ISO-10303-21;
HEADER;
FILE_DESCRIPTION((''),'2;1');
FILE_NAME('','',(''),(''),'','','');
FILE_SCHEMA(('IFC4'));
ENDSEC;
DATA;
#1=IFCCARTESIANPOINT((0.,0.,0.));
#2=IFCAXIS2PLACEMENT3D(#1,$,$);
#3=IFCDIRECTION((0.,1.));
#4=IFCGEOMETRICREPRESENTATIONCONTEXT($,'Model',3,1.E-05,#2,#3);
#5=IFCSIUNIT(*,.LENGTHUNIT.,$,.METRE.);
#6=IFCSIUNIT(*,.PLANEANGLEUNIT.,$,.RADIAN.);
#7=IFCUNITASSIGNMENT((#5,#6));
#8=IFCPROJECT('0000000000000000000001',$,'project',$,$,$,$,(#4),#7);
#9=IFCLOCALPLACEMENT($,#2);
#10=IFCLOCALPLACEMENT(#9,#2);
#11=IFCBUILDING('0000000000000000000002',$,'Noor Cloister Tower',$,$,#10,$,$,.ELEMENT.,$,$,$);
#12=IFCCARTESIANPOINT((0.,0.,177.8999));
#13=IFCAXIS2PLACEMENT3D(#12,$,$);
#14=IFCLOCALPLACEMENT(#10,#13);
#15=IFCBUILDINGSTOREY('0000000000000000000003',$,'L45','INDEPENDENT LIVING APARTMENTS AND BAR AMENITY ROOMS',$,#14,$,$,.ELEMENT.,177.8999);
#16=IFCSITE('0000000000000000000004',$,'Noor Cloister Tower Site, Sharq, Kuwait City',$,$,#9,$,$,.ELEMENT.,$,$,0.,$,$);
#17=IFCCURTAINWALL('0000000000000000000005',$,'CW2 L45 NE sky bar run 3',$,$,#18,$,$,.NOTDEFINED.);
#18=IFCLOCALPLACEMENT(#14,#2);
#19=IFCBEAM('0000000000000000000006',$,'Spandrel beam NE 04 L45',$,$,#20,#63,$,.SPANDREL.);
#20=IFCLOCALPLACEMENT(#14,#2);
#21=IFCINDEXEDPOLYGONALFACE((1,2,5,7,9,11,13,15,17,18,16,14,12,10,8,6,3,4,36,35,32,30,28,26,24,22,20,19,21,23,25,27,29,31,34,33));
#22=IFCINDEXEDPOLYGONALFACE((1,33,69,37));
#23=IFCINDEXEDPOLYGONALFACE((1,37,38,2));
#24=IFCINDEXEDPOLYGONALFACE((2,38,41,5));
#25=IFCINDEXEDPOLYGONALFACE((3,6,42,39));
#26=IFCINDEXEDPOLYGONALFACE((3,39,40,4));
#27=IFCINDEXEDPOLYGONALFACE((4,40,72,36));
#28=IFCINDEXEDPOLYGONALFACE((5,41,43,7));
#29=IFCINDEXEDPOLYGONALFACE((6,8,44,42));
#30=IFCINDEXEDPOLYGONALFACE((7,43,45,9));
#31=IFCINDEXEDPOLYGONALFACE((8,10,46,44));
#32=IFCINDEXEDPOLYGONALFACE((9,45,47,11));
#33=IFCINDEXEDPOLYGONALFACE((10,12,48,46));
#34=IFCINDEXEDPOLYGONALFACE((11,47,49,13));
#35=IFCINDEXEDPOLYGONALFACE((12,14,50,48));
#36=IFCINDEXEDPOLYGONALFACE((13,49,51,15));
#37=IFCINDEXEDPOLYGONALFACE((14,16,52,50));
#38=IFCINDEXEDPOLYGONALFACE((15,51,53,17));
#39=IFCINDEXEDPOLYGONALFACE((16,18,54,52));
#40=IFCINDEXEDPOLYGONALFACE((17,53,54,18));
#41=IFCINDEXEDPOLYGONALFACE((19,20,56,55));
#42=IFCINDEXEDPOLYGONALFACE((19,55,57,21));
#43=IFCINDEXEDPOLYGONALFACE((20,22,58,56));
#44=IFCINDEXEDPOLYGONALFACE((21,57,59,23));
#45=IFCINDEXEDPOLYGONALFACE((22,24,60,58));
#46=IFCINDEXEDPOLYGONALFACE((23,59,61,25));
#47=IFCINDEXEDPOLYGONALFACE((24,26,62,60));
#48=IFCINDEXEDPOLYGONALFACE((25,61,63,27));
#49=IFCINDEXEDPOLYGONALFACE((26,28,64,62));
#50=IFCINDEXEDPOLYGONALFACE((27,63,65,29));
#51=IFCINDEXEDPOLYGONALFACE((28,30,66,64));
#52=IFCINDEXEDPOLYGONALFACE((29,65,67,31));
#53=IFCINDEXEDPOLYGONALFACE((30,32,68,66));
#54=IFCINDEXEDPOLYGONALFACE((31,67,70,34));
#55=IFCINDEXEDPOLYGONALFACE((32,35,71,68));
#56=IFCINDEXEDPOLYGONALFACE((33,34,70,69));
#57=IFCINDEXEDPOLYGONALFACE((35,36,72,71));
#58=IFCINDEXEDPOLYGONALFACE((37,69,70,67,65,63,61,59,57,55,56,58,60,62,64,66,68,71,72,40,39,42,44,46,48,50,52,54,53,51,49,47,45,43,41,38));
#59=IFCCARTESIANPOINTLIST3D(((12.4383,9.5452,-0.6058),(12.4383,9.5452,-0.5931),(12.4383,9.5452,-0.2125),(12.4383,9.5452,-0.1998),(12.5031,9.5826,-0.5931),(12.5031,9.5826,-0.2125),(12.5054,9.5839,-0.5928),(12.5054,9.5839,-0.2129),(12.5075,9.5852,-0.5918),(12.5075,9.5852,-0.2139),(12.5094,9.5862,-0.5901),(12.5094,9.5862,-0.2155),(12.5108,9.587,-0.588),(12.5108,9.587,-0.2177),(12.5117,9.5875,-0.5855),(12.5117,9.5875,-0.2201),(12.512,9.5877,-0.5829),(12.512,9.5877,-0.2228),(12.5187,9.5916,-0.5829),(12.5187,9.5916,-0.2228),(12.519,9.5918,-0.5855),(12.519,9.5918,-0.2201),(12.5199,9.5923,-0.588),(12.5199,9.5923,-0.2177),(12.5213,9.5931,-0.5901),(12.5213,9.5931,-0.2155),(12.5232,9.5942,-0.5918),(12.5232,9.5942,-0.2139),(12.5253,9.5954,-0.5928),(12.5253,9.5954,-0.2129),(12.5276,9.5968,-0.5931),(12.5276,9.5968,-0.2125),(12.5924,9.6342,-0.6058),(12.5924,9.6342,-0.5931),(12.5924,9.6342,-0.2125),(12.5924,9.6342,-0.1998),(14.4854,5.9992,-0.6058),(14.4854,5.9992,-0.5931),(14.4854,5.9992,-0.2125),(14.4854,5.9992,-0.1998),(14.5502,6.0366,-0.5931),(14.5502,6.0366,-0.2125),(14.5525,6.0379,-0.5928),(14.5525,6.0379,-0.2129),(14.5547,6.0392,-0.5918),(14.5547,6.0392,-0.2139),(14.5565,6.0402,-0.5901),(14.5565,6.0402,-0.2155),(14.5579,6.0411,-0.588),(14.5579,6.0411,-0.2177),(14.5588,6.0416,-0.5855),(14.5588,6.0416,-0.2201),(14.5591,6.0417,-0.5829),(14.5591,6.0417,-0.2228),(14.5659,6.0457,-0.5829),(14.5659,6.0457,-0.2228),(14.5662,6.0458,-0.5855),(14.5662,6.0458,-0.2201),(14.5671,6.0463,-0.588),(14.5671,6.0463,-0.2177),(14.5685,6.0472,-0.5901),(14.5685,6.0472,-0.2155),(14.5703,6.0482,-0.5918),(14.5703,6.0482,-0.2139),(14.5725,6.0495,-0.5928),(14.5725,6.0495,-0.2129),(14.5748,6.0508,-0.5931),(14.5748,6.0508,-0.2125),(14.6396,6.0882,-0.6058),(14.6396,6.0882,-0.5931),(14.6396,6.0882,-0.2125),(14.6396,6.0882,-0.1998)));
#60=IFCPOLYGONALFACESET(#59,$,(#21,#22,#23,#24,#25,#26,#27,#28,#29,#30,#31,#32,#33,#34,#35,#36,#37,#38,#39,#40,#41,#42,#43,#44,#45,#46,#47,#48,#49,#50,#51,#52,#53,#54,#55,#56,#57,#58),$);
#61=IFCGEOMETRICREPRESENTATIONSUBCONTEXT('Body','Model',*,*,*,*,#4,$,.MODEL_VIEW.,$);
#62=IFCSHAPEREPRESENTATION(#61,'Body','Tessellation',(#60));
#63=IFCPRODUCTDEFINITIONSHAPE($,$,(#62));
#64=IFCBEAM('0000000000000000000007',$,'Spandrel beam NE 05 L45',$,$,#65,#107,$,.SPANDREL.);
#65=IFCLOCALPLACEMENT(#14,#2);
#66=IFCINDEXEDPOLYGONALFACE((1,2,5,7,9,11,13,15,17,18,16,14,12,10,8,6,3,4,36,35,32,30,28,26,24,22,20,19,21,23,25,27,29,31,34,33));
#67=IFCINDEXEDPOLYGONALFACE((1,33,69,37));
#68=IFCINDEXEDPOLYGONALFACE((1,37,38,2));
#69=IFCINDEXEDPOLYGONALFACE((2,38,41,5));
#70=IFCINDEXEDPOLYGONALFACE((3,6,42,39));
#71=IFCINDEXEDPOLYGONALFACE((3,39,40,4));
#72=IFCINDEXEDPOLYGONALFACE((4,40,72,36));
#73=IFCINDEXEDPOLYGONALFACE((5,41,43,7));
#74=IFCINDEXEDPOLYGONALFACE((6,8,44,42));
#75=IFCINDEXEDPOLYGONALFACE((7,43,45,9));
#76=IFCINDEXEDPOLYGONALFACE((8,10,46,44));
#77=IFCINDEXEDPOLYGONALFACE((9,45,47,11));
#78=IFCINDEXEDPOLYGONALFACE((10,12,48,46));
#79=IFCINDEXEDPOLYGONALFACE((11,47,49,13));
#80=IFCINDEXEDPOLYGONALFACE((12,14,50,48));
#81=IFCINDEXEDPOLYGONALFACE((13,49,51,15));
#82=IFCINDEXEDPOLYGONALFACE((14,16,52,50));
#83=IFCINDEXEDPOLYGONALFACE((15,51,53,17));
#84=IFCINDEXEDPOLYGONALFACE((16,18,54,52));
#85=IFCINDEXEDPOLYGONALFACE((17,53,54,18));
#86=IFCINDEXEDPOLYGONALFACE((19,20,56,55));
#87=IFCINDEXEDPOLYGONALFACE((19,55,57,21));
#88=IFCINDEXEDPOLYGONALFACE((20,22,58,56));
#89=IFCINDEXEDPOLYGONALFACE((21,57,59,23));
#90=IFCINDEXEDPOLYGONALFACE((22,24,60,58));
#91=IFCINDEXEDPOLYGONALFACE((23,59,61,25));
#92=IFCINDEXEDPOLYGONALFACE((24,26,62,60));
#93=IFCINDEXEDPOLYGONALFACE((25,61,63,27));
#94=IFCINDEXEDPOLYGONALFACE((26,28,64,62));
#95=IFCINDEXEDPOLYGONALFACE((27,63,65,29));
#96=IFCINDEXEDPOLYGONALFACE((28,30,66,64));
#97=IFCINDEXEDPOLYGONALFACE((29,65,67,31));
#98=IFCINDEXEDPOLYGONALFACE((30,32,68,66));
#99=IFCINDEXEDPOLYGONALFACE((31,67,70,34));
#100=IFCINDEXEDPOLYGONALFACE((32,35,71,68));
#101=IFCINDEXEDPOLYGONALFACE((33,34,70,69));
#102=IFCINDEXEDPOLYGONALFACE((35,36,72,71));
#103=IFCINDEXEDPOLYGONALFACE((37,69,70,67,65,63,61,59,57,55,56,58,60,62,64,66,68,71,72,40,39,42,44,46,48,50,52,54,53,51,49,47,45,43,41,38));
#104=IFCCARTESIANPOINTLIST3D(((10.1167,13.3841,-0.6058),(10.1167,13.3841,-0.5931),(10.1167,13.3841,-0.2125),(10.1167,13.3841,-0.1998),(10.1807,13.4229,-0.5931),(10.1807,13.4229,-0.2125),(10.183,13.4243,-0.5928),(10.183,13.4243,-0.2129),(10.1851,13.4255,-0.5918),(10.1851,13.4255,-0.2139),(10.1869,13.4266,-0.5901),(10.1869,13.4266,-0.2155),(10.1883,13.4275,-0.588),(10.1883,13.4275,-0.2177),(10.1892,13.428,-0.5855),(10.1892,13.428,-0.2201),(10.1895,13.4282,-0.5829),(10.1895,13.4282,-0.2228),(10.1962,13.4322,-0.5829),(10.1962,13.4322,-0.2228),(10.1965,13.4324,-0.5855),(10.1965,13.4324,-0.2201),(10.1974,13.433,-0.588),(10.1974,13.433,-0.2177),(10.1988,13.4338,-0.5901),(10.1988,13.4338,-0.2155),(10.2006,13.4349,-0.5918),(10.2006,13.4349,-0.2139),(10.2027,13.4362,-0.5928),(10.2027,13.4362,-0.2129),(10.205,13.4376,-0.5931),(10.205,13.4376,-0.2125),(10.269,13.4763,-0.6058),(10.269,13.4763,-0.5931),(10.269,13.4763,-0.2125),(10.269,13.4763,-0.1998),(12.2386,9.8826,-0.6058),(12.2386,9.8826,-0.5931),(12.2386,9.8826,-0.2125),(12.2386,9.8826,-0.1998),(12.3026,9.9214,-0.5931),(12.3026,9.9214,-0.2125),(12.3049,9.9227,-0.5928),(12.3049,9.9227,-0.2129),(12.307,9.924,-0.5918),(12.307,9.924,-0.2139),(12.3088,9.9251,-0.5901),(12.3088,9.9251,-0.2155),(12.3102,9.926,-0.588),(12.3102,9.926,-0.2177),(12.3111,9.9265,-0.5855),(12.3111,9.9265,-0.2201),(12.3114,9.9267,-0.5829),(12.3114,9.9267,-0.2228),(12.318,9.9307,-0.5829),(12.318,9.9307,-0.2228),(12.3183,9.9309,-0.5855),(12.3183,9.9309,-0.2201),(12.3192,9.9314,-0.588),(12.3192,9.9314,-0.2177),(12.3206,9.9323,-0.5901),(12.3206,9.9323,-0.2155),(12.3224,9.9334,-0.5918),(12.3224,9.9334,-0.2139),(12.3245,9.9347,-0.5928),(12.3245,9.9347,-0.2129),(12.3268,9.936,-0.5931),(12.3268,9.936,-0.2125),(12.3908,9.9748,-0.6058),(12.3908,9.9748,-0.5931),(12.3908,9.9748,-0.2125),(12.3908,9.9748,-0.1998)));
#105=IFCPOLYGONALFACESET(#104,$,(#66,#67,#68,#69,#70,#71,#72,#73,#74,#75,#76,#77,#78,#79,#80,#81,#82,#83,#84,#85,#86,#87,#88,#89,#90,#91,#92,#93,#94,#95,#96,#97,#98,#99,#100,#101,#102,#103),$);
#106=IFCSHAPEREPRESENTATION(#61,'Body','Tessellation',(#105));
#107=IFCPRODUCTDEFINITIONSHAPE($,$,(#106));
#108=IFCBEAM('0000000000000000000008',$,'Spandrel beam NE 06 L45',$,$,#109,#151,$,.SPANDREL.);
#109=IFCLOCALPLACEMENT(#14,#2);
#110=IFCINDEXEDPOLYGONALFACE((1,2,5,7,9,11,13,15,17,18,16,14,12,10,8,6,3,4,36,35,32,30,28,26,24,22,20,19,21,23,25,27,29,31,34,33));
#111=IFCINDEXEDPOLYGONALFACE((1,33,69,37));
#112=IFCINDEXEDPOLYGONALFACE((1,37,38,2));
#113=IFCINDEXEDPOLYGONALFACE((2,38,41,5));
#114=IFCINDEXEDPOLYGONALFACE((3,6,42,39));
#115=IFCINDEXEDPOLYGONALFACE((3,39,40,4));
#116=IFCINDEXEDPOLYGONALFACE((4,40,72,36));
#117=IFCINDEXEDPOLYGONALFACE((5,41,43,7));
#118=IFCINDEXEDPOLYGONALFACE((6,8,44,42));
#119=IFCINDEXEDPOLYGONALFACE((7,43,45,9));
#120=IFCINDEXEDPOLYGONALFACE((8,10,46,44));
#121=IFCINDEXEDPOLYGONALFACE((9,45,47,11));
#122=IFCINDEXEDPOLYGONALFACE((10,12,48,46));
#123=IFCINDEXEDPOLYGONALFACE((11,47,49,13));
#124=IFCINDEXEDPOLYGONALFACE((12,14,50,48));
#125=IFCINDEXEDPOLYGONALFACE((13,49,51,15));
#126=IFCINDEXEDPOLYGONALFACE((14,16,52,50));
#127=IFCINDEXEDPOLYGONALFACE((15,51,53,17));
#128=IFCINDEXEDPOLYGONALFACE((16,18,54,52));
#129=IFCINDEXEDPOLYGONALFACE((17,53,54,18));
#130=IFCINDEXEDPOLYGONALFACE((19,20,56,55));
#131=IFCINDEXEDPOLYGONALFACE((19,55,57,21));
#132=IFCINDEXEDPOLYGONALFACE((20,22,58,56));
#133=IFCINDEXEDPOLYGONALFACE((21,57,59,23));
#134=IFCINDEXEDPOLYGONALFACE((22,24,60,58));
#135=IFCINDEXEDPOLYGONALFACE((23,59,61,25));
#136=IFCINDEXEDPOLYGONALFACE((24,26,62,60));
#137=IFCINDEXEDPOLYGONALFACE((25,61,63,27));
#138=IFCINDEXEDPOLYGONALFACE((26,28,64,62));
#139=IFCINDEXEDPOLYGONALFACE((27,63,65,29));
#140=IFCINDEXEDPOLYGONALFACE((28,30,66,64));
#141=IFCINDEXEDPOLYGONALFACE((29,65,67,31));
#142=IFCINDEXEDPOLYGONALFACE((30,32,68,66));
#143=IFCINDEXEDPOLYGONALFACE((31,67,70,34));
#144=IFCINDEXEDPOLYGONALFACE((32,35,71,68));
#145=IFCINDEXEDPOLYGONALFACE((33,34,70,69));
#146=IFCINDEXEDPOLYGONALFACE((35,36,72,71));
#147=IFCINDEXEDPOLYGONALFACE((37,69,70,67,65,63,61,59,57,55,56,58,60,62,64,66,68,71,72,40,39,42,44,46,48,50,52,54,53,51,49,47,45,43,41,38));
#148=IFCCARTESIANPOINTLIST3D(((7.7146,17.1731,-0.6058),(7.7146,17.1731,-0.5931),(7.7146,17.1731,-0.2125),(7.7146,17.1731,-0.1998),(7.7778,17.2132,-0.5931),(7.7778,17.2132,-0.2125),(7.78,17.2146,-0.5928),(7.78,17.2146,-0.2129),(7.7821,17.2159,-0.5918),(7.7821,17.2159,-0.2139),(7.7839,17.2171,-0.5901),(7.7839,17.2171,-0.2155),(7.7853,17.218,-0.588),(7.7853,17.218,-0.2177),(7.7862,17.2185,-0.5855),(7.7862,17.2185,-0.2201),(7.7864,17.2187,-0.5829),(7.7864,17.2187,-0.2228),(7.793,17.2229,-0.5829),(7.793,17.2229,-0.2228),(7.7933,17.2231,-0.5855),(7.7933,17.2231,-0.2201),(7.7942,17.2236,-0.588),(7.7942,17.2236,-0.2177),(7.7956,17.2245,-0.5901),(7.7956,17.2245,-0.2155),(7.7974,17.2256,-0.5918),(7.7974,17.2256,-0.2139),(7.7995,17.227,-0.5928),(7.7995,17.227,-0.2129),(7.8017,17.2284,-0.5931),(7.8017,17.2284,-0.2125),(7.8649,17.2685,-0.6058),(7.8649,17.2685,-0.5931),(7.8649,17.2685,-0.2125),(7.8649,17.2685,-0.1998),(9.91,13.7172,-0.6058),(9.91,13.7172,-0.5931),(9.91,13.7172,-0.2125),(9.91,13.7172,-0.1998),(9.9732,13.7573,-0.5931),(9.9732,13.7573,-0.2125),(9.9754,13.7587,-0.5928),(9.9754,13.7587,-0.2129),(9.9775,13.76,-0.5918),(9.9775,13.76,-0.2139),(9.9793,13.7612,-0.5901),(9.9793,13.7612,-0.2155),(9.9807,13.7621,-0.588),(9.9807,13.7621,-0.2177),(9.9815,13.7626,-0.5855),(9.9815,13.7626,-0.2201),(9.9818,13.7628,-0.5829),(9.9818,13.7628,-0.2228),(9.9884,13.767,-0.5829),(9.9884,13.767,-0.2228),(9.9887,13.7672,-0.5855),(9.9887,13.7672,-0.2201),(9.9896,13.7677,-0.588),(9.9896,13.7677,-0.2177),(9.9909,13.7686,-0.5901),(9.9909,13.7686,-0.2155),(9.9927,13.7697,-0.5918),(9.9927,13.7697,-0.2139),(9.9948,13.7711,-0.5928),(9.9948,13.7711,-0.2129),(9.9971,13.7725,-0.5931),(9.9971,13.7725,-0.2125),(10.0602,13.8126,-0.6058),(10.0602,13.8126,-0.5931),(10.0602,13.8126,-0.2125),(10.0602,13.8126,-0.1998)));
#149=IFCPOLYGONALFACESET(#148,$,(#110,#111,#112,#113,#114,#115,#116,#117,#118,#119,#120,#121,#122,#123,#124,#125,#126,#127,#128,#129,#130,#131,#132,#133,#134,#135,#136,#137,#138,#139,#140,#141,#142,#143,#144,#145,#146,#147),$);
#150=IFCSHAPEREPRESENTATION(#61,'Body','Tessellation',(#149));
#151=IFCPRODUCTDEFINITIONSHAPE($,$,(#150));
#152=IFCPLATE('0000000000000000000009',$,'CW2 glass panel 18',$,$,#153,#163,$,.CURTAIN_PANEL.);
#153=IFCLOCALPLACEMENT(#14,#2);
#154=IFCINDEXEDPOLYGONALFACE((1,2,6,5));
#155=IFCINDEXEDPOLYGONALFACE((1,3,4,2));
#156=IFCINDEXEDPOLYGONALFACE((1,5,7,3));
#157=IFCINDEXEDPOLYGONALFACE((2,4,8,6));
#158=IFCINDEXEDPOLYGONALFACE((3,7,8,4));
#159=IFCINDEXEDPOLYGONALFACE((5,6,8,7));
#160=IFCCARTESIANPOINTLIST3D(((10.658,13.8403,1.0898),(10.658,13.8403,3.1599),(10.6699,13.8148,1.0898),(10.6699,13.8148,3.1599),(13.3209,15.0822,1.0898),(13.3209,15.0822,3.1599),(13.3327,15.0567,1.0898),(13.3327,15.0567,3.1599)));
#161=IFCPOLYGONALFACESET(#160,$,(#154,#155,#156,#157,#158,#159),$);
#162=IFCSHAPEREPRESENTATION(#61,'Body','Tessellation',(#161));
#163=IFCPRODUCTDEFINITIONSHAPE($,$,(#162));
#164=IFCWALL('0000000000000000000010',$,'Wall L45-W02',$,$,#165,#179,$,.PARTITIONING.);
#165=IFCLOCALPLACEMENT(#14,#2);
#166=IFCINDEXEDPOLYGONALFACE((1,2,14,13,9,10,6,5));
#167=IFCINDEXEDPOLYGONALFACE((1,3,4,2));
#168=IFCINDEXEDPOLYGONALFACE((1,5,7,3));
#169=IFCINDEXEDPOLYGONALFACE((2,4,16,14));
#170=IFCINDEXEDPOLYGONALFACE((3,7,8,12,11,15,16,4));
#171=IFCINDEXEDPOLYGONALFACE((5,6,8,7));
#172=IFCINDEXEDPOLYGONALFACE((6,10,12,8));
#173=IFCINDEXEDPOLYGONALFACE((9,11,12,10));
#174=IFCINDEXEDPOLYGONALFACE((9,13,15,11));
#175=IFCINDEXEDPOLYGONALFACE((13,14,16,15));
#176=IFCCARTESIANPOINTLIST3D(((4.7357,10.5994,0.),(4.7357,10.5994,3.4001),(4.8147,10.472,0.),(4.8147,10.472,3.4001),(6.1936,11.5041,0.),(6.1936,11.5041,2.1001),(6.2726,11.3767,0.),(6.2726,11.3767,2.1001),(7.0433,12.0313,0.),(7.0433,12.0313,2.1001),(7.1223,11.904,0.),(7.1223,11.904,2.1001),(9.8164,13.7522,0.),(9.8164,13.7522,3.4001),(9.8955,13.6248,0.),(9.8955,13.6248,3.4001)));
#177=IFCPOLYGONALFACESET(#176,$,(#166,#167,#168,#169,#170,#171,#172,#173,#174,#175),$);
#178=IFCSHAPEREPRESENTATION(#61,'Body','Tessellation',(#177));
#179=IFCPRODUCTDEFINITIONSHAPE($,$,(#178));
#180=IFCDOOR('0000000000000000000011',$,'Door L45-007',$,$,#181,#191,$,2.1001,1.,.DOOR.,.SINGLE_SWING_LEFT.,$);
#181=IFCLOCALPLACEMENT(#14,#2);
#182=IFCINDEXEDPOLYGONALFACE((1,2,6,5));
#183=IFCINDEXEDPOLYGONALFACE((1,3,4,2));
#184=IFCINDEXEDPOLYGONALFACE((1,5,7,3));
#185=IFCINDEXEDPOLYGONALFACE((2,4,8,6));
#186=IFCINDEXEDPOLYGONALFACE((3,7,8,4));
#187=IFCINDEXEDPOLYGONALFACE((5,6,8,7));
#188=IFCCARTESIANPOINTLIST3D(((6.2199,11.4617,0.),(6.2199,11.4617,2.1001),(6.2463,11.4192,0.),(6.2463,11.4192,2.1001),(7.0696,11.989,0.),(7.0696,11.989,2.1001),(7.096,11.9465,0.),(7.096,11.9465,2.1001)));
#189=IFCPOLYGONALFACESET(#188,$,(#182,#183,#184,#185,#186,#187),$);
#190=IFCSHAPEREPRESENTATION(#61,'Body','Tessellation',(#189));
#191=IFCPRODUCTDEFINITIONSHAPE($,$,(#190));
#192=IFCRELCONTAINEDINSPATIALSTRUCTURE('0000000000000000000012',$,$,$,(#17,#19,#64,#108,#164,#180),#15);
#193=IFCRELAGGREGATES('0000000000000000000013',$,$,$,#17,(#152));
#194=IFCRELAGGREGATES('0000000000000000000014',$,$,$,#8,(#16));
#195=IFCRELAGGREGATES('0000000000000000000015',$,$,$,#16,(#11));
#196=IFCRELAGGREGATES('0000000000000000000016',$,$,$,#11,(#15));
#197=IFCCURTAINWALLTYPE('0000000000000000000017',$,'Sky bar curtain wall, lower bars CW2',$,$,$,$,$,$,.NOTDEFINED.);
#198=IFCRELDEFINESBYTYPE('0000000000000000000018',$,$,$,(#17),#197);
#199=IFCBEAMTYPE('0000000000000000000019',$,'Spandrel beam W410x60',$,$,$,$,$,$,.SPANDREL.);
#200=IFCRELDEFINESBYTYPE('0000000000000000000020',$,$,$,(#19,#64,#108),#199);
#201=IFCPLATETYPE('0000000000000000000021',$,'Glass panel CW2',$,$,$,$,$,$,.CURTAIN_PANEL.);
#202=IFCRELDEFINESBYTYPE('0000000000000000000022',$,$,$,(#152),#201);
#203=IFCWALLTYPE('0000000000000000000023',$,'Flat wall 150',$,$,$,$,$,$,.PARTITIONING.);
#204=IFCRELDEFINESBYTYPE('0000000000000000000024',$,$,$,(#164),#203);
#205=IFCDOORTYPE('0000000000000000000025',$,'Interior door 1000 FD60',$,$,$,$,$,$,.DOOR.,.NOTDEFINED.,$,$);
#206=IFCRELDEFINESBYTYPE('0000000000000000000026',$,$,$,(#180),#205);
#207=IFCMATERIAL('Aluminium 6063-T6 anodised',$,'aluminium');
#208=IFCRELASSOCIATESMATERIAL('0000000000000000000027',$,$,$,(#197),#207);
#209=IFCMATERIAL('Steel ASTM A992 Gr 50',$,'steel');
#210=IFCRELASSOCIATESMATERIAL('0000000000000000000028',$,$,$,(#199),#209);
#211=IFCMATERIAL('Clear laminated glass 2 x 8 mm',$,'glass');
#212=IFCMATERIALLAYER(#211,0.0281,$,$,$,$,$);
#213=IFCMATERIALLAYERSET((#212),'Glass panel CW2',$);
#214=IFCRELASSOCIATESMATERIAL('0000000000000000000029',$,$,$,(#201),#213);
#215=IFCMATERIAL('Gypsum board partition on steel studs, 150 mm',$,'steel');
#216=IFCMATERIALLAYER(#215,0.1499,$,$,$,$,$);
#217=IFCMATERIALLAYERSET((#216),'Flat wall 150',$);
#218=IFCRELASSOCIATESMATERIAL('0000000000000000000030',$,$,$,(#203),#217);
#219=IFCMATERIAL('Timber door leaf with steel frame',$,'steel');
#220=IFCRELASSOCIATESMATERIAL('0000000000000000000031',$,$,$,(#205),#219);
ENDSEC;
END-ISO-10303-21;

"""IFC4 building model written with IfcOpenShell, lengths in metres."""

from ifc_helpers import new_model, si_unit, direction, frame, frame_2d, origin, origin_2d, place, context, subcontext, project, spatial, rectangle, i_section, extrude, material, layer, layer_set, material_profile, profile_set, type_object, element, fill, aggregate, save


model = new_model("IFC4")

# Units and contexts
model_context = context("Model", 3, precision=1e-05, world=origin(), true_north=direction((0.0, 1.0)))
body_context = subcontext(model_context, "Body", "Model", "MODEL_VIEW")
ifc_project = project(units=[si_unit("LENGTHUNIT", "METRE"), si_unit("PLANEANGLEUNIT", "RADIAN")], contexts=[model_context])

# Site, building, storey
site_placement = place(None, origin())
site = spatial("IfcSite", under=ifc_project, at=site_placement, Name="Noor Cloister Tower Site, Sharq, Kuwait City", CompositionType="ELEMENT", RefElevation=0.0)
building_placement = place(site_placement, origin())
building = spatial("IfcBuilding", under=site, at=building_placement, Name="Noor Cloister Tower", CompositionType="ELEMENT")
storey_placement = place(building_placement, frame((0.0, 0.0, 177.8999)))
storey = spatial("IfcBuildingStorey", under=building, at=storey_placement, Name="L45", Description="INDEPENDENT LIVING APARTMENTS AND BAR AMENITY ROOMS", CompositionType="ELEMENT", Elevation=177.8999)

# Curtain wall
ifc_material_1 = material(Name="Aluminium 6063-T6 anodised", Category="aluminium")
curtain_wall_type_1 = type_object("IfcCurtainWallType", Name="Sky bar curtain wall, lower bars CW2", PredefinedType="NOTDEFINED", material=ifc_material_1)
curtain_wall_1_placement = place(storey_placement, origin())
curtain_wall_1 = element("IfcCurtainWall", 1, at=curtain_wall_1_placement, inside=storey, type_object=curtain_wall_type_1, Name="CW2 L45 NE sky bar run 3", PredefinedType="NOTDEFINED")

# Beams
ifc_material_2 = material(Name="Steel ASTM A992 Gr 50", Category="steel")
ifc_material_profile_1 = material_profile(ifc_material_2, i_section(OverallWidth=0.178, OverallDepth=0.406, WebThickness=0.0078, FlangeThickness=0.0127, FilletRadius=0.0103, at=origin_2d()), Name="W410x60")
ifc_profile_set_1 = profile_set([ifc_material_profile_1], Name="Steel ASTM A992 Gr 50")
beam_type_1 = type_object("IfcBeamType", Name="Spandrel beam W410x60", PredefinedType="SPANDREL", material=ifc_profile_set_1)
beam_1_placement = place(storey_placement, frame((14.5625, 6.0437, -0.4028), z_axis=(-0.499981, 0.866037, 0.0), x_axis=(-0.866037, -0.499981, 0.0)))
element("IfcBeam", 2, at=beam_1_placement, inside=storey, type_object=beam_type_1, Name="Spandrel beam NE 04 L45", PredefinedType="SPANDREL", context=body_context, shape_type="SweptSolid", body=[
    extrude(i_section(OverallWidth=0.178, OverallDepth=0.406, WebThickness=0.0078, FlangeThickness=0.0127, FilletRadius=0.0103, at=origin_2d()), origin(), (0.0, 0.0, 1.0), 4.0945),
])
for number, where, z_axis, x_axis, name in (
    (3, (12.3147, 9.9287, -0.4028), (-0.518253, 0.855227, 0.0), (-0.855227, -0.518253, 0.0), "Spandrel beam NE 05 L45"),
    (4, (9.9851, 13.7649, -0.4028), (-0.536208, 0.844086, 0.0), (-0.844086, -0.536208, 0.0), "Spandrel beam NE 06 L45"),
):
    element("IfcBeam", number, at=place(storey_placement, frame(where, z_axis=z_axis, x_axis=x_axis)), inside=storey, type_object=beam_type_1, Name=name, PredefinedType="SPANDREL", context=body_context, shape_type="SweptSolid", body=[
        extrude(i_section(OverallWidth=0.178, OverallDepth=0.406, WebThickness=0.0078, FlangeThickness=0.0127, FilletRadius=0.0103, at=origin_2d()), origin(), (0.0, 0.0, 1.0), 4.0942),
    ])

# Plate
ifc_material_3 = material(Name="Clear laminated glass 2 x 8 mm", Category="glass")
ifc_layer_1 = layer(ifc_material_3, 0.0281)
ifc_layer_set_1 = layer_set([ifc_layer_1], Name="Glass panel CW2")
plate_type = type_object("IfcPlateType", Name="Glass panel CW2", PredefinedType="CURTAIN_PANEL", material=ifc_layer_set_1)
plate_placement = place(storey_placement, frame((11.9954, 14.4485, 1.0898), z_axis=(0.0, 0.0, 1.0), x_axis=(-0.906284, -0.42267, 0.0)))
plate = element("IfcPlate", 5, at=plate_placement, type_object=plate_type, Name="CW2 glass panel 18", PredefinedType="CURTAIN_PANEL", context=body_context, shape_type="SweptSolid", body=[
    extrude(rectangle(XDim=2.9382, YDim=0.0281, at=origin_2d()), origin(), (0.0, 0.0, 1.0), 2.0701),
])
aggregate(curtain_wall_1, [plate])

# Wall, opening, door
ifc_material_4 = material(Name="Gypsum board partition on steel studs, 150 mm", Category="steel")
ifc_layer_2 = layer(ifc_material_4, 0.1499)
ifc_layer_set_2 = layer_set([ifc_layer_2], Name="Flat wall 150")
wall_type_1 = type_object("IfcWallType", Name="Flat wall 150", PredefinedType="PARTITIONING", material=ifc_layer_set_2)
wall_1_placement = place(storey_placement, frame((9.856, 13.6885, 0.0), z_axis=(0.0, 0.0, 1.0), x_axis=(-0.849698, -0.527269, 0.0)))
wall_1 = element("IfcWall", 6, at=wall_1_placement, inside=storey, type_object=wall_type_1, Name="Wall L45-W02", PredefinedType="PARTITIONING", context=body_context, shape_type="SweptSolid", body=[
    extrude(rectangle(XDim=5.9795, YDim=0.1499, at=frame_2d((2.9897, 0.0))), origin(), (0.0, 0.0, 1.0), 3.4001),
])
opening_1_placement = place(wall_1_placement, frame((3.2637, 0.0, 0.0)))
opening_1 = element("IfcOpeningElement", 7, at=opening_1_placement, cuts=wall_1, PredefinedType="OPENING", context=body_context, shape_type="SweptSolid", body=[
    extrude(rectangle(XDim=1.0, YDim=2.1001, at=frame_2d((0.5, 1.05))), frame((0.0, 0.085, 0.0), z_axis=(0.0, -1.0, 0.0), x_axis=(1.0, 0.0, 0.0)), (0.0, 0.0, 1.0), 0.1699),
])
ifc_material_5 = material(Name="Timber door leaf with steel frame", Category="steel")
door_type_1 = type_object("IfcDoorType", Name="Interior door 1000 FD60", OperationType="NOTDEFINED", PredefinedType="DOOR", material=ifc_material_5)
door_1_placement = place(opening_1_placement, origin())
door_1 = element("IfcDoor", 8, at=door_1_placement, inside=storey, type_object=door_type_1, Name="Door L45-007", OperationType="SINGLE_SWING_LEFT", OverallHeight=2.1001, OverallWidth=1.0, PredefinedType="DOOR", context=body_context, shape_type="SweptSolid", body=[
    extrude(rectangle(XDim=1.0, YDim=2.1001, at=frame_2d((0.5, 1.05))), frame((0.0, 0.0249, 0.0), z_axis=(0.0, -1.0, 0.0), x_axis=(1.0, 0.0, 0.0)), (0.0, 0.0, 1.0), 0.05),
])
fill(opening_1, door_1)

save(model, "model.ifc")
